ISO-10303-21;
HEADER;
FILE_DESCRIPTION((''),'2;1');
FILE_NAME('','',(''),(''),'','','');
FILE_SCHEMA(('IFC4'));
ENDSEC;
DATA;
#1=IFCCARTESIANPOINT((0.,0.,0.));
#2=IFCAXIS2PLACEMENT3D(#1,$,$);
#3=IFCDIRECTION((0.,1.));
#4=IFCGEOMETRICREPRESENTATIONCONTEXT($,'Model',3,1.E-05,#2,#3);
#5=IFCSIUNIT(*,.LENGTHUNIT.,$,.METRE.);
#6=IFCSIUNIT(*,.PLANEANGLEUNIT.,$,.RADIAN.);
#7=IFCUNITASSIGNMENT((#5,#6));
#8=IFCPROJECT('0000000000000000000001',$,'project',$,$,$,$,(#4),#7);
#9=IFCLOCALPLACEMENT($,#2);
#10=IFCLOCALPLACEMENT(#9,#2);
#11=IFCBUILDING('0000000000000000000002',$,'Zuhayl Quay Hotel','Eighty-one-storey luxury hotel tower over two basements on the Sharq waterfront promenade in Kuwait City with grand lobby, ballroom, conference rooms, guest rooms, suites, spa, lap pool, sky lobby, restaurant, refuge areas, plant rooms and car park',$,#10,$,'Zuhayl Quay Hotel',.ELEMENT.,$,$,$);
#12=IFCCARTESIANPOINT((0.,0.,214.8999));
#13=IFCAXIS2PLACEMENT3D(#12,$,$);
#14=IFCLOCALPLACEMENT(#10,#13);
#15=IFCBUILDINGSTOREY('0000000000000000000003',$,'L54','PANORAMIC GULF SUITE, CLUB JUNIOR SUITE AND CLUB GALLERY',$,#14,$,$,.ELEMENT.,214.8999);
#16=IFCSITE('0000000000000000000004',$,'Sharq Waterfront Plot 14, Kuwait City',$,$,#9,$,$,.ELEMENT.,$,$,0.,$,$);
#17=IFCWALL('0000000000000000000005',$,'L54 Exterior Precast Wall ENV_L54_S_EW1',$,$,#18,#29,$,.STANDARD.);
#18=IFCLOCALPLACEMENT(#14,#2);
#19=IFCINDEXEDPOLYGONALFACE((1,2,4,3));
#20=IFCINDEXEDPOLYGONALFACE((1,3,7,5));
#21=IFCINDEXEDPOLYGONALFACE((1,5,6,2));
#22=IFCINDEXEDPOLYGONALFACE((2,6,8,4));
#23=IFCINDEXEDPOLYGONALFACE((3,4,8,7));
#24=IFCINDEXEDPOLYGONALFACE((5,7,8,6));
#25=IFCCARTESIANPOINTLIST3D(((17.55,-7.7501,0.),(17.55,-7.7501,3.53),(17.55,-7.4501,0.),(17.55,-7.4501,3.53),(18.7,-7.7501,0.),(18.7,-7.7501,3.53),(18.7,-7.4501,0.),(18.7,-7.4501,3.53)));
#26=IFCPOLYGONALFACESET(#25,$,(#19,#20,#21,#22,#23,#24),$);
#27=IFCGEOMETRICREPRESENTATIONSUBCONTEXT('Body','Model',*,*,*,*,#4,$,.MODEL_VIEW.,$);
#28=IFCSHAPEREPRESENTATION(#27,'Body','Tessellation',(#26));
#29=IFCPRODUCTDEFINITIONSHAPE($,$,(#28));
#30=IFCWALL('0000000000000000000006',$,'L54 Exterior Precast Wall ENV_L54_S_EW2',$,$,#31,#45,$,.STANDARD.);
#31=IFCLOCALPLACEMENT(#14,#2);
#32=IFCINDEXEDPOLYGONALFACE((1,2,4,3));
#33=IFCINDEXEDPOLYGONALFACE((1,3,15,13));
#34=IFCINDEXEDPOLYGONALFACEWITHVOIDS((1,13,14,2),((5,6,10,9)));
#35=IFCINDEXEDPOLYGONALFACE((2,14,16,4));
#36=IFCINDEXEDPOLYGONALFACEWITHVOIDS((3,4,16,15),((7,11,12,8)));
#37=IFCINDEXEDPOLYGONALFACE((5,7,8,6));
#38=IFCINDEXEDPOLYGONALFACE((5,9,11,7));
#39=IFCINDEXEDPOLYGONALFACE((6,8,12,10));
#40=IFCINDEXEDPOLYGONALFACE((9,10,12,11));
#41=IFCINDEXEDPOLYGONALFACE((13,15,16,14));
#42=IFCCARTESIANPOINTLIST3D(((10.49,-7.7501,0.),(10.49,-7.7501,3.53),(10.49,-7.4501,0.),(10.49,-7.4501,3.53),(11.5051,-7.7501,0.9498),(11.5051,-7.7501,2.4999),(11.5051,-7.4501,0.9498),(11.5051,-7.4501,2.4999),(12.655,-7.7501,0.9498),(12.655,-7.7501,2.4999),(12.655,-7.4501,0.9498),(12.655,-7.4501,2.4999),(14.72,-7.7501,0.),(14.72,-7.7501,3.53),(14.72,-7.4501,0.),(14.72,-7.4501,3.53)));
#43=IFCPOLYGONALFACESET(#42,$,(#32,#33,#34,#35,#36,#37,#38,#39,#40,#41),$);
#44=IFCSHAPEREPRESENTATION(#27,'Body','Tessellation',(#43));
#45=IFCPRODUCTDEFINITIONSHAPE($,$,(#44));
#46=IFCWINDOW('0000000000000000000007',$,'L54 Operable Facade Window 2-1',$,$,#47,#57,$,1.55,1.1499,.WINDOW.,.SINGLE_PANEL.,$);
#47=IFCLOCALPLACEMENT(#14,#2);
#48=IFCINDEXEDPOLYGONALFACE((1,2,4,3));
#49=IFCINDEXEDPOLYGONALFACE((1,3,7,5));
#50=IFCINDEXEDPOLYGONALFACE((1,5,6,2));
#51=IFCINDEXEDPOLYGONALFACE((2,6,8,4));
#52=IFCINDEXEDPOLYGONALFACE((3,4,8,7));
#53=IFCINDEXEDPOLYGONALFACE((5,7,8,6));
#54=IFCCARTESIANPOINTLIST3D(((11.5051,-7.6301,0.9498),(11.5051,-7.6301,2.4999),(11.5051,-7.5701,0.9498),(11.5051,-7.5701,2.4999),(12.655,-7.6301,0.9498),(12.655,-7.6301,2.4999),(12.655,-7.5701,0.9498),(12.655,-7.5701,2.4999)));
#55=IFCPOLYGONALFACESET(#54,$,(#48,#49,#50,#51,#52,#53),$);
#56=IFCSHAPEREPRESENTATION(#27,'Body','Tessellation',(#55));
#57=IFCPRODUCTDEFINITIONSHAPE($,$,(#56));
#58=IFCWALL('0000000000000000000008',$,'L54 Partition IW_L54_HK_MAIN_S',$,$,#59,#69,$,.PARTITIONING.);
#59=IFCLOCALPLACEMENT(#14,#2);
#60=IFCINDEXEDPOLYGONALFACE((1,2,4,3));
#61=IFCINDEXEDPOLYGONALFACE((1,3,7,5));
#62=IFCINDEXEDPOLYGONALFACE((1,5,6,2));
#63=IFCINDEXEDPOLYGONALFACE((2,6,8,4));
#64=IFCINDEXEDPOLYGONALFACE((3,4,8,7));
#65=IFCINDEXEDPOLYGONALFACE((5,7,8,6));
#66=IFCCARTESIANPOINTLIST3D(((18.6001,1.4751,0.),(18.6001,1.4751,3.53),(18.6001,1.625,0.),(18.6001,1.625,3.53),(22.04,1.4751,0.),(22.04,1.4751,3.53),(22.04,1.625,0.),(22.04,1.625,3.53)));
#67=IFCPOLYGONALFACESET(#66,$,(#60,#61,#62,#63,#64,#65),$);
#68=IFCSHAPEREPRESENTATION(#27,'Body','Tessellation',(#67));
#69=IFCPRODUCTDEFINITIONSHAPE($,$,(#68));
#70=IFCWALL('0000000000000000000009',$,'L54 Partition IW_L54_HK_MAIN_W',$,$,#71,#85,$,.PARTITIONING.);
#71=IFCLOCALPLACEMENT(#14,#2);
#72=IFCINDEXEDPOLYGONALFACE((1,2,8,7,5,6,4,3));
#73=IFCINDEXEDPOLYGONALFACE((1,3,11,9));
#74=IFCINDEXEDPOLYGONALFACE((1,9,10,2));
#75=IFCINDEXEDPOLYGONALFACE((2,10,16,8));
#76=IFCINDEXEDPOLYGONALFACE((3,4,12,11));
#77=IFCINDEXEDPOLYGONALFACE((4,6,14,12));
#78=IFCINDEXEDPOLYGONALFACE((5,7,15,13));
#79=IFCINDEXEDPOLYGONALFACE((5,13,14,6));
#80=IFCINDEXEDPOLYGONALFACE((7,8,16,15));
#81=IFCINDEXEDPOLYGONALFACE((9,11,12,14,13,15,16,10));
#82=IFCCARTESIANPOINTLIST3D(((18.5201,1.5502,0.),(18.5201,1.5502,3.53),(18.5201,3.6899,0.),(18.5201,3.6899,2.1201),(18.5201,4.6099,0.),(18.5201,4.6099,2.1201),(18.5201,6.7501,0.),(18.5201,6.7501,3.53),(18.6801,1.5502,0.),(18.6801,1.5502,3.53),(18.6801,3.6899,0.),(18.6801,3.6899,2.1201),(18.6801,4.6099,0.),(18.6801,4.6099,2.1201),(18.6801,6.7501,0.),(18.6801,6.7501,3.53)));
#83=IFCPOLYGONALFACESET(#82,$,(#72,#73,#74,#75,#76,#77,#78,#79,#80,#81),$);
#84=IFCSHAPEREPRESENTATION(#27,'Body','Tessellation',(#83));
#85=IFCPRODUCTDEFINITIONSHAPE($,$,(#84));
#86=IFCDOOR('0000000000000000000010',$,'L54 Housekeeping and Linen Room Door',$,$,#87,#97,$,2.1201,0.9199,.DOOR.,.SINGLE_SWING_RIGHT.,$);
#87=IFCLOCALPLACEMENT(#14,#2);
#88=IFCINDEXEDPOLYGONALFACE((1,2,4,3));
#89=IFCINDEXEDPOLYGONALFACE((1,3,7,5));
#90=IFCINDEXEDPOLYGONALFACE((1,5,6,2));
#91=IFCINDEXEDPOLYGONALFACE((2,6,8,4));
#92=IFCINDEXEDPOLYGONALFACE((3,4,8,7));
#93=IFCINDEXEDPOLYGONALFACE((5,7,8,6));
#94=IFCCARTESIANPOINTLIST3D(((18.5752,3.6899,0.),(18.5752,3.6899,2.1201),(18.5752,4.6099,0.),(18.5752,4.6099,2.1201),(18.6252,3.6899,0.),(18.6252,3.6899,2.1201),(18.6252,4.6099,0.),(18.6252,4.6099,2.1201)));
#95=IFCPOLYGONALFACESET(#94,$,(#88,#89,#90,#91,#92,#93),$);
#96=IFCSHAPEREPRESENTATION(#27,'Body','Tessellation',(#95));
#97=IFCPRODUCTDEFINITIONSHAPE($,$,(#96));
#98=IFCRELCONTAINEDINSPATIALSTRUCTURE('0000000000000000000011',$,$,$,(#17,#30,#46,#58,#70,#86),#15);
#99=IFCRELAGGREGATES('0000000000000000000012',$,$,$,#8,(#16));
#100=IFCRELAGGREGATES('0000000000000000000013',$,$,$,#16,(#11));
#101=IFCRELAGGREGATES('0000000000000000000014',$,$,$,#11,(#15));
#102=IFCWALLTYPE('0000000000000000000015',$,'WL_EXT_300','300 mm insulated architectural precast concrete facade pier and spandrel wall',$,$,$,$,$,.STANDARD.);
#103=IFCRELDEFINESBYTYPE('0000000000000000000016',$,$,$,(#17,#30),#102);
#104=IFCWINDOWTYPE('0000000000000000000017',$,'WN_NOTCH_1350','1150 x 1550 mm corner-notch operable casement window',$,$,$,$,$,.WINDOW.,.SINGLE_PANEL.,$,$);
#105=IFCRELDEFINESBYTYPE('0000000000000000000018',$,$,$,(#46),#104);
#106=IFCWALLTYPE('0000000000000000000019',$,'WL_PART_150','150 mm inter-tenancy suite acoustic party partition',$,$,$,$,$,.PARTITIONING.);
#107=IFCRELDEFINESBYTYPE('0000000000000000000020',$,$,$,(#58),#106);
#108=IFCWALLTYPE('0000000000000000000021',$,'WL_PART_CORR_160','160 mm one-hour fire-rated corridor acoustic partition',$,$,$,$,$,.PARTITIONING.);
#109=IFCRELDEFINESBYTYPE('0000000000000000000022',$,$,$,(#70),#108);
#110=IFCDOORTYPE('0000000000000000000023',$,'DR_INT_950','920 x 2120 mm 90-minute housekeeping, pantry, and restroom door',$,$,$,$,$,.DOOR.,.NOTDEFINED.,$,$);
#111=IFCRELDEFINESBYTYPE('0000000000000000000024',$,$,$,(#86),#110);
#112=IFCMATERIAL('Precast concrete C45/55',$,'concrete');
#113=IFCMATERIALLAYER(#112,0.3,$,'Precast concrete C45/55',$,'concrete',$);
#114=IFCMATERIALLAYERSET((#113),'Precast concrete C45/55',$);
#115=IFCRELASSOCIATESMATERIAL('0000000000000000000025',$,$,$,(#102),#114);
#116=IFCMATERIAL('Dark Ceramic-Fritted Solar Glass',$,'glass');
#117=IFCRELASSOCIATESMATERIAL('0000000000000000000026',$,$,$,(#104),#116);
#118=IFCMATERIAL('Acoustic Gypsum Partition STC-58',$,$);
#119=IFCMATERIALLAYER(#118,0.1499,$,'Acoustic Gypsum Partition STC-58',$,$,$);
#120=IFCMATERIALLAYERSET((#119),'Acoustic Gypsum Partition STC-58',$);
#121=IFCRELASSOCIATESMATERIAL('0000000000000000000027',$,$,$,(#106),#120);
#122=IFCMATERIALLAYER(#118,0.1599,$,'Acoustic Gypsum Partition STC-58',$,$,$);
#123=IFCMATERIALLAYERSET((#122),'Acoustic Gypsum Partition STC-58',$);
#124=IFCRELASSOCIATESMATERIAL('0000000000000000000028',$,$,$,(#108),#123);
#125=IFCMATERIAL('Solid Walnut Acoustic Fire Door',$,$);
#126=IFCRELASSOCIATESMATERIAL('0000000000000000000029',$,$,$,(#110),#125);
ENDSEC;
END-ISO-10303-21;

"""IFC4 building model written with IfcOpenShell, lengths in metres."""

from ifc_helpers import new_model, si_unit, direction, frame, frame_2d, origin, place, context, subcontext, project, spatial, rectangle, extrude, material, layer, layer_set, type_object, element, fill, save


model = new_model("IFC4")

# Units and contexts
model_context = context("Model", 3, precision=1e-05, world=origin(), true_north=direction((0.0, 1.0)))
body_context = subcontext(model_context, "Body", "Model", "MODEL_VIEW")
ifc_project = project(units=[si_unit("LENGTHUNIT", "METRE"), si_unit("PLANEANGLEUNIT", "RADIAN")], contexts=[model_context])

# Site, building, storey
site_placement = place(None, origin())
site = spatial("IfcSite", under=ifc_project, at=site_placement, Name="Sharq Waterfront Plot 14, Kuwait City", CompositionType="ELEMENT", RefElevation=0.0)
building_placement = place(site_placement, origin())
building = spatial("IfcBuilding", under=site, at=building_placement, Name="Zuhayl Quay Hotel", Description="Eighty-one-storey luxury hotel tower over two basements on the Sharq waterfront promenade in Kuwait City with grand lobby, ballroom, conference rooms, guest rooms, suites, spa, lap pool, sky lobby, restaurant, refuge areas, plant rooms and car park", LongName="Zuhayl Quay Hotel", CompositionType="ELEMENT")
storey_placement = place(building_placement, frame((0.0, 0.0, 214.8999)))
storey = spatial("IfcBuildingStorey", under=building, at=storey_placement, Name="L54", Description="PANORAMIC GULF SUITE, CLUB JUNIOR SUITE AND CLUB GALLERY", CompositionType="ELEMENT", Elevation=214.8999)

# Shared definitions
ifc_material_1 = material(Name="Dark Ceramic-Fritted Solar Glass", Category="glass")

# Shared definitions
ifc_material_2 = material(Name="Precast concrete C45/55", Category="concrete")
ifc_layer_1 = layer(ifc_material_2, 0.3, Name="Precast concrete C45/55", Category="concrete")
ifc_layer_set_1 = layer_set([ifc_layer_1], Name="Precast concrete C45/55")
wall_type_1 = type_object("IfcWallType", Name="WL_EXT_300", Description="300 mm insulated architectural precast concrete facade pier and spandrel wall", PredefinedType="STANDARD", material=ifc_layer_set_1)
window_type = type_object("IfcWindowType", Name="WN_NOTCH_1350", Description="1150 x 1550 mm corner-notch operable casement window", PartitioningType="SINGLE_PANEL", PredefinedType="WINDOW", material=ifc_material_1)

# Wall
wall_1_placement = place(storey_placement, frame((18.7, -7.6001, 0.0), z_axis=(0.0, 0.0, 1.0), x_axis=(-1.0, 0.0, 0.0)))
element("IfcWall", 1, at=wall_1_placement, inside=storey, type_object=wall_type_1, Name="L54 Exterior Precast Wall ENV_L54_S_EW1", PredefinedType="STANDARD", context=body_context, shape_type="SweptSolid", body=[
    extrude(rectangle(XDim=1.1499, YDim=0.3, at=frame_2d((0.575, 0.0))), origin(), (0.0, 0.0, 1.0), 3.53),
])

# Wall, opening, window
wall_2_placement = place(storey_placement, frame((14.72, -7.6001, 0.0), z_axis=(0.0, 0.0, 1.0), x_axis=(-1.0, 0.0, 0.0)))
wall_2 = element("IfcWall", 2, at=wall_2_placement, inside=storey, type_object=wall_type_1, Name="L54 Exterior Precast Wall ENV_L54_S_EW2", PredefinedType="STANDARD", context=body_context, shape_type="SweptSolid", body=[
    extrude(rectangle(XDim=4.23, YDim=0.3, at=frame_2d((2.115, 0.0))), origin(), (0.0, 0.0, 1.0), 3.53),
])
opening_1_placement = place(wall_2_placement, frame((2.0649, 0.0, 0.95)))
opening_1 = element("IfcOpeningElement", 3, at=opening_1_placement, cuts=wall_2, PredefinedType="OPENING", context=body_context, shape_type="SweptSolid", body=[
    extrude(rectangle(XDim=1.1499, YDim=1.55, at=frame_2d((0.575, 0.7749))), frame((0.0, 0.1599, 0.0), z_axis=(0.0, -1.0, 0.0), x_axis=(1.0, 0.0, 0.0)), (0.0, 0.0, 1.0), 0.3201),
])
window_1_placement = place(opening_1_placement, origin())
window_1 = element("IfcWindow", 4, at=window_1_placement, inside=storey, type_object=window_type, Name="L54 Operable Facade Window 2-1", OverallHeight=1.55, OverallWidth=1.1499, PartitioningType="SINGLE_PANEL", PredefinedType="WINDOW", context=body_context, shape_type="SweptSolid", body=[
    extrude(rectangle(XDim=1.1499, YDim=1.55, at=frame_2d((0.575, 0.7749))), frame((0.0, 0.03, 0.0), z_axis=(0.0, -1.0, 0.0), x_axis=(1.0, 0.0, 0.0)), (0.0, 0.0, 1.0), 0.0601),
])
fill(opening_1, window_1)

# Wall
ifc_material_3 = material(Name="Acoustic Gypsum Partition STC-58")
ifc_layer_2 = layer(ifc_material_3, 0.1499, Name="Acoustic Gypsum Partition STC-58")
ifc_layer_set_2 = layer_set([ifc_layer_2], Name="Acoustic Gypsum Partition STC-58")
wall_type_2 = type_object("IfcWallType", Name="WL_PART_150", Description="150 mm inter-tenancy suite acoustic party partition", PredefinedType="PARTITIONING", material=ifc_layer_set_2)
wall_3_placement = place(storey_placement, frame((18.6001, 1.55, 0.0), z_axis=(0.0, 0.0, 1.0), x_axis=(1.0, 0.0, 0.0)))
element("IfcWall", 5, at=wall_3_placement, inside=storey, type_object=wall_type_2, Name="L54 Partition IW_L54_HK_MAIN_S", PredefinedType="PARTITIONING", context=body_context, shape_type="SweptSolid", body=[
    extrude(rectangle(XDim=3.4399, YDim=0.1499, at=frame_2d((1.72, 0.0))), origin(), (0.0, 0.0, 1.0), 3.53),
])

# Wall, opening, door
ifc_layer_3 = layer(ifc_material_3, 0.1599, Name="Acoustic Gypsum Partition STC-58")
ifc_layer_set_3 = layer_set([ifc_layer_3], Name="Acoustic Gypsum Partition STC-58")
wall_type_3 = type_object("IfcWallType", Name="WL_PART_CORR_160", Description="160 mm one-hour fire-rated corridor acoustic partition", PredefinedType="PARTITIONING", material=ifc_layer_set_3)
wall_4_placement = place(storey_placement, frame((18.6001, 1.55, 0.0), z_axis=(0.0, 0.0, 1.0), x_axis=(0.0, 1.0, 0.0)))
wall_4 = element("IfcWall", 6, at=wall_4_placement, inside=storey, type_object=wall_type_3, Name="L54 Partition IW_L54_HK_MAIN_W", PredefinedType="PARTITIONING", context=body_context, shape_type="SweptSolid", body=[
    extrude(rectangle(XDim=5.2, YDim=0.1599, at=frame_2d((2.6001, 0.0))), origin(), (0.0, 0.0, 1.0), 3.53),
])
opening_2_placement = place(wall_4_placement, frame((2.1399, 0.0, 0.0)))
opening_2 = element("IfcOpeningElement", 7, at=opening_2_placement, cuts=wall_4, PredefinedType="OPENING", context=body_context, shape_type="SweptSolid", body=[
    extrude(rectangle(XDim=0.9199, YDim=2.1201, at=frame_2d((0.46, 1.0601))), frame((0.0, 0.0898, 0.0), z_axis=(0.0, -1.0, 0.0), x_axis=(1.0, 0.0, 0.0)), (0.0, 0.0, 1.0), 0.1799),
])
ifc_material_4 = material(Name="Solid Walnut Acoustic Fire Door")
door_type = type_object("IfcDoorType", Name="DR_INT_950", Description="920 x 2120 mm 90-minute housekeeping, pantry, and restroom door", OperationType="NOTDEFINED", PredefinedType="DOOR", material=ifc_material_4)
door_placement = place(opening_2_placement, origin())
door = element("IfcDoor", 8, at=door_placement, inside=storey, type_object=door_type, Name="L54 Housekeeping and Linen Room Door", OperationType="SINGLE_SWING_RIGHT", OverallHeight=2.1201, OverallWidth=0.9199, PredefinedType="DOOR", context=body_context, shape_type="SweptSolid", body=[
    extrude(rectangle(XDim=0.9199, YDim=2.1201, at=frame_2d((0.46, 1.0601))), frame((0.0, 0.0249, 0.0), z_axis=(0.0, -1.0, 0.0), x_axis=(1.0, 0.0, 0.0)), (0.0, 0.0, 1.0), 0.05),
])
fill(opening_2, door)

save(model, "model.ifc")
